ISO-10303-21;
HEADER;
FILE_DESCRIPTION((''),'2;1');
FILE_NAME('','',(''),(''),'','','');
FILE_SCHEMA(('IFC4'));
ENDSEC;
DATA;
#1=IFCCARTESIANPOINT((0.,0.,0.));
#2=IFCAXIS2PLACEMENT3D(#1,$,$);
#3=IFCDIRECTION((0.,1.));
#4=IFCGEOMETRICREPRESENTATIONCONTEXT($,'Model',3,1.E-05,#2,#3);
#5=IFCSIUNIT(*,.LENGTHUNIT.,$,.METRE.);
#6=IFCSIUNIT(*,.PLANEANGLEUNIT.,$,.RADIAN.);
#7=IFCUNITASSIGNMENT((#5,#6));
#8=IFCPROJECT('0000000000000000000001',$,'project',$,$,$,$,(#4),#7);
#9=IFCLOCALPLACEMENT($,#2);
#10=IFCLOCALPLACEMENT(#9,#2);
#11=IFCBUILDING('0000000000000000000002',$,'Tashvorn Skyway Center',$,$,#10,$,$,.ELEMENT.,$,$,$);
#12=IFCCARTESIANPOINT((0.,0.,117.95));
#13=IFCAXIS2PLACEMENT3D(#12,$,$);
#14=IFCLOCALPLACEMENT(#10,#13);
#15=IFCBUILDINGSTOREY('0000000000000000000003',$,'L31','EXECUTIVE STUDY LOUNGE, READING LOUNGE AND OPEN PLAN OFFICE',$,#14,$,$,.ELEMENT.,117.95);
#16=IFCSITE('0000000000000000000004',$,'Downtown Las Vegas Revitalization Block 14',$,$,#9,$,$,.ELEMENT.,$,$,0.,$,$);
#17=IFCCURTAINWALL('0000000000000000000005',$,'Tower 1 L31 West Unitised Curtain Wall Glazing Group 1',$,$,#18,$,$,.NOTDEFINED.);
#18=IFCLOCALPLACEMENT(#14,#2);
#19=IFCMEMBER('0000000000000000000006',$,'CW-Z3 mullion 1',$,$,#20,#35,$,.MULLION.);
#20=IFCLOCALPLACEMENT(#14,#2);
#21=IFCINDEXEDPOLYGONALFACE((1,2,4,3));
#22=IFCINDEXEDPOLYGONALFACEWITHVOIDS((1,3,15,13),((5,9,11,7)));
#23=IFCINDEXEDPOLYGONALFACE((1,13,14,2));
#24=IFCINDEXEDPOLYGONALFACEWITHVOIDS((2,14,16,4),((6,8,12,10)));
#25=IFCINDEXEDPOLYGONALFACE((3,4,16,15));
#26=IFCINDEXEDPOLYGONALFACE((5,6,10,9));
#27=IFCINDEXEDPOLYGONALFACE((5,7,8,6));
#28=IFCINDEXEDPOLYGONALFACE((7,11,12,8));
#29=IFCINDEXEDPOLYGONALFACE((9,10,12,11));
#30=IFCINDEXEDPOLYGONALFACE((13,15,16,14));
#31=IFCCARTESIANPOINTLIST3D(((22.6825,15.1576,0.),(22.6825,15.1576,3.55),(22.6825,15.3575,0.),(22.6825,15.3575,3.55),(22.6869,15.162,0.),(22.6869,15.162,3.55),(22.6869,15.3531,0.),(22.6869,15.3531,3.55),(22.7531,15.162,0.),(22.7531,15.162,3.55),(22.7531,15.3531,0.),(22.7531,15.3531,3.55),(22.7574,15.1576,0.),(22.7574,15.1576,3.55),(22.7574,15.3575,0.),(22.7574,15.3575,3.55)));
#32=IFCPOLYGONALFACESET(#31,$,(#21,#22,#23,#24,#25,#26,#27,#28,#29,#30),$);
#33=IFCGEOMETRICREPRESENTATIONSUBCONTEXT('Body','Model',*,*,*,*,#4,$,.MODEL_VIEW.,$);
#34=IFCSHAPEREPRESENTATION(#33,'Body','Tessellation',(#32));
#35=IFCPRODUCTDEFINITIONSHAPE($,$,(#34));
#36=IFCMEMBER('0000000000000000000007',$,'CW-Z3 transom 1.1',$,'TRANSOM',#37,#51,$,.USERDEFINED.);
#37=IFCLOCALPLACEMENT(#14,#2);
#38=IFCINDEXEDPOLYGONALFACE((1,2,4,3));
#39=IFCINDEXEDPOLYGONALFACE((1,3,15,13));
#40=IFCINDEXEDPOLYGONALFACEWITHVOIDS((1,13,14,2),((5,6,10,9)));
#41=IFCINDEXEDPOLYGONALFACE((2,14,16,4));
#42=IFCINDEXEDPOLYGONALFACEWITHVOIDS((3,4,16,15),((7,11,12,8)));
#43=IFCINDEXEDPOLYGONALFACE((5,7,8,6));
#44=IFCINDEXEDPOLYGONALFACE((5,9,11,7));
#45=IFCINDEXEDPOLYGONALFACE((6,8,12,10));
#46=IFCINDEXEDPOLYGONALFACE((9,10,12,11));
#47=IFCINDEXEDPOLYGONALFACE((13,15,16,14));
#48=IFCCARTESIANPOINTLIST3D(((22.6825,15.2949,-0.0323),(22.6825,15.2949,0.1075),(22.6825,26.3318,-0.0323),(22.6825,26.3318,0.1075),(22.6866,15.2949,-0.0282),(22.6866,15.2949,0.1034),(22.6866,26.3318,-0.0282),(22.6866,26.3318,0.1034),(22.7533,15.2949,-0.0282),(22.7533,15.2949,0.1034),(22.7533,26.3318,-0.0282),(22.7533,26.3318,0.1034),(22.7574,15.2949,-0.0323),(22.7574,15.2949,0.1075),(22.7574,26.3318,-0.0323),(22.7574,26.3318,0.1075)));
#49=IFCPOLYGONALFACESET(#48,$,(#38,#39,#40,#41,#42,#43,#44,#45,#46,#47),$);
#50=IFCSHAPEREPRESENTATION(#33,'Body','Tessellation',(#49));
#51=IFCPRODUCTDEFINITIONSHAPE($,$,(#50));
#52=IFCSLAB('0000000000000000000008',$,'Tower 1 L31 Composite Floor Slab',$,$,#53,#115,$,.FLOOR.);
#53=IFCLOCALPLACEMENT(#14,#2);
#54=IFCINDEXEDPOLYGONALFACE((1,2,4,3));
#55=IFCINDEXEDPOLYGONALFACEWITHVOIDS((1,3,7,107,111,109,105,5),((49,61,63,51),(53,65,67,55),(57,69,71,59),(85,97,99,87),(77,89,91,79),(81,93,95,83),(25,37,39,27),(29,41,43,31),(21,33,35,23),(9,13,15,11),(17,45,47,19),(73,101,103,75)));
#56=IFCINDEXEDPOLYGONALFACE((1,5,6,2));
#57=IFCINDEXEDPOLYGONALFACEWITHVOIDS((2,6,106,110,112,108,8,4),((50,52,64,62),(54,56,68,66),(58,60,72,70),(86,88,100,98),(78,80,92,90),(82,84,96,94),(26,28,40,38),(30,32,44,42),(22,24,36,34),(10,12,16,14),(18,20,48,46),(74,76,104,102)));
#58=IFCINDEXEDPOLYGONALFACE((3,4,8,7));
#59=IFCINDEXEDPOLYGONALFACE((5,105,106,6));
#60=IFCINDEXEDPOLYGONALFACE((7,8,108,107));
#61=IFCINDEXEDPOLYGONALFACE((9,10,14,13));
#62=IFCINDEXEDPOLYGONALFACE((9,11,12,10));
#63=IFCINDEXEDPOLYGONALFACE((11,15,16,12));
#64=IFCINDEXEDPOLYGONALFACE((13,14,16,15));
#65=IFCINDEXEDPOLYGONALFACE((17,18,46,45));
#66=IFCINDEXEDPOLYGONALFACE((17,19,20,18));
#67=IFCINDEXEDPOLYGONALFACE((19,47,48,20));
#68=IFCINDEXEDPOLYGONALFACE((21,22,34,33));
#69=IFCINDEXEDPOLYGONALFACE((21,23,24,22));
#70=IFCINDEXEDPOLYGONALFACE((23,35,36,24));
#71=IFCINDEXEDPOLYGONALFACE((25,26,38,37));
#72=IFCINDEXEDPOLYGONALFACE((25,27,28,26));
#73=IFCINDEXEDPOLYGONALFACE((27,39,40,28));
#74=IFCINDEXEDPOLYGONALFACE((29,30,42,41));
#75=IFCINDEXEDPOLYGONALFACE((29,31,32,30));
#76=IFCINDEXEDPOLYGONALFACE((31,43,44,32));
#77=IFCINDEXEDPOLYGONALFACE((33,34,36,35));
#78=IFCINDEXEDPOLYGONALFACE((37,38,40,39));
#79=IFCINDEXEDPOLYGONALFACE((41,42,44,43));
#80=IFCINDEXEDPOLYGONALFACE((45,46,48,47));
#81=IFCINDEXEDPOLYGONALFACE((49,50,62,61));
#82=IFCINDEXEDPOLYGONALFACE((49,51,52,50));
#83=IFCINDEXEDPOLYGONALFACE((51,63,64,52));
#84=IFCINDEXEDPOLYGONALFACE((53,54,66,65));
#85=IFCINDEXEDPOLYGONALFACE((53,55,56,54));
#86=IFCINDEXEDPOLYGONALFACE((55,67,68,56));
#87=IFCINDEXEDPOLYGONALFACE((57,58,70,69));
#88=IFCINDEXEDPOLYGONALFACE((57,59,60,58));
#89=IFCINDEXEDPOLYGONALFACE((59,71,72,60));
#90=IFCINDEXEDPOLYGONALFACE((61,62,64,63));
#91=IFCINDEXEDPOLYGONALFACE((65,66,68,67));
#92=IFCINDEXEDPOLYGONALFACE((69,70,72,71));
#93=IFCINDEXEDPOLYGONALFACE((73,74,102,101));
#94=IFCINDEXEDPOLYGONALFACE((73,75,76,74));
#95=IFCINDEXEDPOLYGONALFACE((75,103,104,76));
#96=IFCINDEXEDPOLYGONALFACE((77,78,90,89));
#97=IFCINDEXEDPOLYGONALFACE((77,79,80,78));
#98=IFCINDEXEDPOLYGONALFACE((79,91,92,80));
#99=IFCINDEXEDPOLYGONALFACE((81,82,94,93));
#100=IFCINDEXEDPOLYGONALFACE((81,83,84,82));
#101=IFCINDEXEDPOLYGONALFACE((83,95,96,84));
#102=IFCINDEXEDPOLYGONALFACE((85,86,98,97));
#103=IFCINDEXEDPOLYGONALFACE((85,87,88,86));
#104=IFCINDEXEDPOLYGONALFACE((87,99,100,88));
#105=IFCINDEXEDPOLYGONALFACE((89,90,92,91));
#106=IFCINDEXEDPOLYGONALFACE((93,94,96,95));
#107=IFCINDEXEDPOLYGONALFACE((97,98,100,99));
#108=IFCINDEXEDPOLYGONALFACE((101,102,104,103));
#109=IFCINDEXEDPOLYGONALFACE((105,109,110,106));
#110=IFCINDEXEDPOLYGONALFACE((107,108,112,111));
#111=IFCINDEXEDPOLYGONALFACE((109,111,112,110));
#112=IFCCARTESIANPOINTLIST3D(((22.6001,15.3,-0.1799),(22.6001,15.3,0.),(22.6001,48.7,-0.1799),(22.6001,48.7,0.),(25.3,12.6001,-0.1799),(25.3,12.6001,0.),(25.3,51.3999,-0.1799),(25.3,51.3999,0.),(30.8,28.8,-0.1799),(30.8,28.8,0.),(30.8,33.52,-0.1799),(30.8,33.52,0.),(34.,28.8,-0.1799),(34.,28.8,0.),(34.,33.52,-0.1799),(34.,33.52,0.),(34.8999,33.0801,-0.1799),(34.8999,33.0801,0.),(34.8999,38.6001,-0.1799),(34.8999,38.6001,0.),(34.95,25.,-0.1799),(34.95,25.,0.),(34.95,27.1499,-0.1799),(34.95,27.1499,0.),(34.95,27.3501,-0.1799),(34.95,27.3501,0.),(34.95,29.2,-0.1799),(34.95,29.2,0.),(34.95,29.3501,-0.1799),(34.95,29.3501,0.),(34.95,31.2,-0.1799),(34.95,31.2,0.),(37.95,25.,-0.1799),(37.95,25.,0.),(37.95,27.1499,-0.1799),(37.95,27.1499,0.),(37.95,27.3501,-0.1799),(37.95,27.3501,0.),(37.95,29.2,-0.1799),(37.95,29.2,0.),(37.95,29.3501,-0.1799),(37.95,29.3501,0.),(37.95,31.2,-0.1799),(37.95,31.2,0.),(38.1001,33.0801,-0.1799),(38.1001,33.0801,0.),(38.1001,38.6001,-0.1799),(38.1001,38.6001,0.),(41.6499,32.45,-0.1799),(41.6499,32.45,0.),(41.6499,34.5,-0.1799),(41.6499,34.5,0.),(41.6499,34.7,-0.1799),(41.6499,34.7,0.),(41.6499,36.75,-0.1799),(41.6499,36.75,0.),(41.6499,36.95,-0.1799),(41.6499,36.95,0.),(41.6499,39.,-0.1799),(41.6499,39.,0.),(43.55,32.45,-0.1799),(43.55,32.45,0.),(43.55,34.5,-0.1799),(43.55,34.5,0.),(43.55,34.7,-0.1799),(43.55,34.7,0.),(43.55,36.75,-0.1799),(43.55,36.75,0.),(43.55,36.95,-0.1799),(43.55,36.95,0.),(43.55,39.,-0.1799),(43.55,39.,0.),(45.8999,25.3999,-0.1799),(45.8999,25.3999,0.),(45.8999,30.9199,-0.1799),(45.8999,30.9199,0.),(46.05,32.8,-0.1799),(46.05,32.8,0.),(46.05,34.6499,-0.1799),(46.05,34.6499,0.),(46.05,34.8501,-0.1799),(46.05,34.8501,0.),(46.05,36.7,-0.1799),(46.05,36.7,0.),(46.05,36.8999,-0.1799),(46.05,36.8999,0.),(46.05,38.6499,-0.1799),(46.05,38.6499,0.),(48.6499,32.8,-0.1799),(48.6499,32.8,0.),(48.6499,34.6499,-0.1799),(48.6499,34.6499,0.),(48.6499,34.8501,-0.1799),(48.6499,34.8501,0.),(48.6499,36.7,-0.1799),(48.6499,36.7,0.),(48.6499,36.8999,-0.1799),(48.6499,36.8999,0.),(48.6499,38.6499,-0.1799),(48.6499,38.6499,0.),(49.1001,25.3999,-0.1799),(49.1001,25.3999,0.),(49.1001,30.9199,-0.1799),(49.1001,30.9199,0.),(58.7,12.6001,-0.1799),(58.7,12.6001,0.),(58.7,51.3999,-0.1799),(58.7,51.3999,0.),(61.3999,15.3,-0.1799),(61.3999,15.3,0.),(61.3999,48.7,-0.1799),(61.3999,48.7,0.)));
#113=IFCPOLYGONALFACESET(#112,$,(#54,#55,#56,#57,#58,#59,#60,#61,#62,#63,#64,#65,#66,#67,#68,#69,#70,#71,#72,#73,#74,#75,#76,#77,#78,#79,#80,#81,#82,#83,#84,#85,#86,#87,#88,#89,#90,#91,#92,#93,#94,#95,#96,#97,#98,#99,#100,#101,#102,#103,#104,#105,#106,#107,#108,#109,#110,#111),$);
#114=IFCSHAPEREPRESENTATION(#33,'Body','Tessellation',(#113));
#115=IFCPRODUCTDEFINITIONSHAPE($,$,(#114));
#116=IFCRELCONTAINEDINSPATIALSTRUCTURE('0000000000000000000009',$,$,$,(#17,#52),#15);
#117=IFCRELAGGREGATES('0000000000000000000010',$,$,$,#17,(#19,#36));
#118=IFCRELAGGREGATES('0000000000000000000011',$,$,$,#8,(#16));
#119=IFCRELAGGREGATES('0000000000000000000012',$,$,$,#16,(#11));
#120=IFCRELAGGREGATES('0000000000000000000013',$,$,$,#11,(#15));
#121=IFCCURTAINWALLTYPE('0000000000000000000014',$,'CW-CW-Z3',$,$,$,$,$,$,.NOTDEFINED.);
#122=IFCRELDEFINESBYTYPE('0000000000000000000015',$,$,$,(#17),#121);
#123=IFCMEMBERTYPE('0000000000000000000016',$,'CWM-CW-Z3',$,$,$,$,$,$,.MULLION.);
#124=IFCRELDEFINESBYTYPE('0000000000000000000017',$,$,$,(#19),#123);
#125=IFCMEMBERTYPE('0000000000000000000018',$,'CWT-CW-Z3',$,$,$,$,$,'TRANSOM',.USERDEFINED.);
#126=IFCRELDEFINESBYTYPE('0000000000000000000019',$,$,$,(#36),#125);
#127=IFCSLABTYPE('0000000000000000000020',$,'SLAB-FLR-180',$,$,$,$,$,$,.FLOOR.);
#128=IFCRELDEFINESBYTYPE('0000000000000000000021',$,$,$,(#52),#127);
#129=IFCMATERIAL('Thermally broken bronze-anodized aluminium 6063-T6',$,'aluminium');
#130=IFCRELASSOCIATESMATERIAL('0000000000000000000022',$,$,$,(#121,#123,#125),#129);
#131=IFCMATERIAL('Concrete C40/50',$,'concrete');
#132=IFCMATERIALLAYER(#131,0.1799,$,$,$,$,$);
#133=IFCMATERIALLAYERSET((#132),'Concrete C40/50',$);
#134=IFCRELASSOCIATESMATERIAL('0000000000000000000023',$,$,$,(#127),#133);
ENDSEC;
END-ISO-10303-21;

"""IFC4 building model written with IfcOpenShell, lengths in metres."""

from ifc_helpers import new_model, si_unit, direction, frame, origin, origin_2d, place, context, subcontext, project, spatial, polyline, hollow_rectangle, outline, extrude, material, layer, layer_set, material_profile, profile_set, type_object, element, aggregate, save


model = new_model("IFC4")

# Units and contexts
model_context = context("Model", 3, precision=1e-05, world=origin(), true_north=direction((0.0, 1.0)))
body_context = subcontext(model_context, "Body", "Model", "MODEL_VIEW")
ifc_project = project(units=[si_unit("LENGTHUNIT", "METRE"), si_unit("PLANEANGLEUNIT", "RADIAN")], contexts=[model_context])

# Site, building, storey
site_placement = place(None, origin())
site = spatial("IfcSite", under=ifc_project, at=site_placement, Name="Downtown Las Vegas Revitalization Block 14", CompositionType="ELEMENT", RefElevation=0.0)
building_placement = place(site_placement, origin())
building = spatial("IfcBuilding", under=site, at=building_placement, Name="Tashvorn Skyway Center", CompositionType="ELEMENT")
storey_placement = place(building_placement, frame((0.0, 0.0, 117.95)))
storey = spatial("IfcBuildingStorey", under=building, at=storey_placement, Name="L31", Description="EXECUTIVE STUDY LOUNGE, READING LOUNGE AND OPEN PLAN OFFICE", CompositionType="ELEMENT", Elevation=117.95)

# Curtain wall, members
ifc_material_1 = material(Name="Thermally broken bronze-anodized aluminium 6063-T6", Category="aluminium")
curtain_wall_type = type_object("IfcCurtainWallType", Name="CW-CW-Z3", PredefinedType="NOTDEFINED", material=ifc_material_1)
curtain_wall_placement = place(storey_placement, origin())
curtain_wall = element("IfcCurtainWall", 1, at=curtain_wall_placement, inside=storey, type_object=curtain_wall_type, Name="Tower 1 L31 West Unitised Curtain Wall Glazing Group 1", PredefinedType="NOTDEFINED")
ifc_material_profile_1 = material_profile(ifc_material_1, hollow_rectangle(XDim=0.075, YDim=0.2, WallThickness=0.0044, at=origin_2d()), Name="ALU-MULL-75x200")
ifc_profile_set_1 = profile_set([ifc_material_profile_1], Name="Thermally broken bronze-anodized aluminium 6063-T6")
member_type_1 = type_object("IfcMemberType", Name="CWM-CW-Z3", PredefinedType="MULLION", material=ifc_profile_set_1)
member_1_placement = place(storey_placement, frame((22.72, 15.2576, 0.0), z_axis=(0.0, 0.0, 1.0), x_axis=(-1.0, 0.0, 0.0)))
member_1 = element("IfcMember", 2, at=member_1_placement, type_object=member_type_1, Name="CW-Z3 mullion 1", PredefinedType="MULLION", context=body_context, shape_type="SweptSolid", body=[
    extrude(hollow_rectangle(XDim=0.075, YDim=0.2, WallThickness=0.0044, at=origin_2d()), origin(), (0.0, 0.0, 1.0), 3.55),
])
ifc_material_profile_2 = material_profile(ifc_material_1, hollow_rectangle(XDim=0.075, YDim=0.1399, WallThickness=0.0042, at=origin_2d()), Name="ALU-TRAN-75x140")
ifc_profile_set_2 = profile_set([ifc_material_profile_2], Name="Thermally broken bronze-anodized aluminium 6063-T6")
member_type_2 = type_object("IfcMemberType", Name="CWT-CW-Z3", ElementType="TRANSOM", PredefinedType="USERDEFINED", material=ifc_profile_set_2)
member_2_placement = place(storey_placement, frame((22.72, 15.2949, 0.0376), z_axis=(0.0, 1.0, 0.0), x_axis=(-1.0, 0.0, 0.0)))
member_2 = element("IfcMember", 3, at=member_2_placement, type_object=member_type_2, Name="CW-Z3 transom 1.1", ObjectType="TRANSOM", PredefinedType="USERDEFINED", context=body_context, shape_type="SweptSolid", body=[
    extrude(hollow_rectangle(XDim=0.075, YDim=0.1399, WallThickness=0.0042, at=origin_2d()), origin(), (0.0, 0.0, 1.0), 11.0369),
])
aggregate(curtain_wall, [member_1, member_2])

# Slab
ifc_material_2 = material(Name="Concrete C40/50", Category="concrete")
ifc_layer_1 = layer(ifc_material_2, 0.1799)
ifc_layer_set_1 = layer_set([ifc_layer_1], Name="Concrete C40/50")
slab_type_1 = type_object("IfcSlabType", Name="SLAB-FLR-180", PredefinedType="FLOOR", material=ifc_layer_set_1)
slab_1_placement = place(storey_placement, frame((0.0, 0.0, -0.1799)))
element("IfcSlab", 4, at=slab_1_placement, inside=storey, type_object=slab_type_1, Name="Tower 1 L31 Composite Floor Slab", PredefinedType="FLOOR", context=body_context, shape_type="SweptSolid", body=[
    extrude(outline(polyline([(25.3, 12.6001), (58.7, 12.6001), (61.3999, 15.3), (61.3999, 48.7), (58.7, 51.3999), (25.3, 51.3999), (22.6001, 48.7), (22.6001, 15.3), (25.3, 12.6001)]), holes=[polyline([(38.1001, 33.0801), (38.1001, 38.6001), (34.8999, 38.6001), (34.8999, 33.0801), (38.1001, 33.0801)]), polyline([(45.8999, 30.9199), (45.8999, 25.3999), (49.1001, 25.3999), (49.1001, 30.9199), (45.8999, 30.9199)]), polyline([(30.8, 33.52), (30.8, 28.8), (34.0, 28.8), (34.0, 33.52), (30.8, 33.52)]), polyline([(34.95, 29.3501), (37.95, 29.3501), (37.95, 31.2), (34.95, 31.2), (34.95, 29.3501)]), polyline([(34.95, 27.3501), (37.95, 27.3501), (37.95, 29.2), (34.95, 29.2), (34.95, 27.3501)]), polyline([(34.95, 25.0), (37.95, 25.0), (37.95, 27.1499), (34.95, 27.1499), (34.95, 25.0)]), polyline([(41.6499, 32.45), (43.55, 32.45), (43.55, 34.5), (41.6499, 34.5), (41.6499, 32.45)]), polyline([(41.6499, 34.7), (43.55, 34.7), (43.55, 36.75), (41.6499, 36.75), (41.6499, 34.7)]), polyline([(41.6499, 36.95), (43.55, 36.95), (43.55, 39.0), (41.6499, 39.0), (41.6499, 36.95)]), polyline([(46.05, 32.8), (48.6499, 32.8), (48.6499, 34.6499), (46.05, 34.6499), (46.05, 32.8)]), polyline([(46.05, 34.8501), (48.6499, 34.8501), (48.6499, 36.7), (46.05, 36.7), (46.05, 34.8501)]), polyline([(46.05, 36.8999), (48.6499, 36.8999), (48.6499, 38.6499), (46.05, 38.6499), (46.05, 36.8999)])]), origin(), (0.0, 0.0, 1.0), 0.1799),
])

save(model, "model.ifc")
